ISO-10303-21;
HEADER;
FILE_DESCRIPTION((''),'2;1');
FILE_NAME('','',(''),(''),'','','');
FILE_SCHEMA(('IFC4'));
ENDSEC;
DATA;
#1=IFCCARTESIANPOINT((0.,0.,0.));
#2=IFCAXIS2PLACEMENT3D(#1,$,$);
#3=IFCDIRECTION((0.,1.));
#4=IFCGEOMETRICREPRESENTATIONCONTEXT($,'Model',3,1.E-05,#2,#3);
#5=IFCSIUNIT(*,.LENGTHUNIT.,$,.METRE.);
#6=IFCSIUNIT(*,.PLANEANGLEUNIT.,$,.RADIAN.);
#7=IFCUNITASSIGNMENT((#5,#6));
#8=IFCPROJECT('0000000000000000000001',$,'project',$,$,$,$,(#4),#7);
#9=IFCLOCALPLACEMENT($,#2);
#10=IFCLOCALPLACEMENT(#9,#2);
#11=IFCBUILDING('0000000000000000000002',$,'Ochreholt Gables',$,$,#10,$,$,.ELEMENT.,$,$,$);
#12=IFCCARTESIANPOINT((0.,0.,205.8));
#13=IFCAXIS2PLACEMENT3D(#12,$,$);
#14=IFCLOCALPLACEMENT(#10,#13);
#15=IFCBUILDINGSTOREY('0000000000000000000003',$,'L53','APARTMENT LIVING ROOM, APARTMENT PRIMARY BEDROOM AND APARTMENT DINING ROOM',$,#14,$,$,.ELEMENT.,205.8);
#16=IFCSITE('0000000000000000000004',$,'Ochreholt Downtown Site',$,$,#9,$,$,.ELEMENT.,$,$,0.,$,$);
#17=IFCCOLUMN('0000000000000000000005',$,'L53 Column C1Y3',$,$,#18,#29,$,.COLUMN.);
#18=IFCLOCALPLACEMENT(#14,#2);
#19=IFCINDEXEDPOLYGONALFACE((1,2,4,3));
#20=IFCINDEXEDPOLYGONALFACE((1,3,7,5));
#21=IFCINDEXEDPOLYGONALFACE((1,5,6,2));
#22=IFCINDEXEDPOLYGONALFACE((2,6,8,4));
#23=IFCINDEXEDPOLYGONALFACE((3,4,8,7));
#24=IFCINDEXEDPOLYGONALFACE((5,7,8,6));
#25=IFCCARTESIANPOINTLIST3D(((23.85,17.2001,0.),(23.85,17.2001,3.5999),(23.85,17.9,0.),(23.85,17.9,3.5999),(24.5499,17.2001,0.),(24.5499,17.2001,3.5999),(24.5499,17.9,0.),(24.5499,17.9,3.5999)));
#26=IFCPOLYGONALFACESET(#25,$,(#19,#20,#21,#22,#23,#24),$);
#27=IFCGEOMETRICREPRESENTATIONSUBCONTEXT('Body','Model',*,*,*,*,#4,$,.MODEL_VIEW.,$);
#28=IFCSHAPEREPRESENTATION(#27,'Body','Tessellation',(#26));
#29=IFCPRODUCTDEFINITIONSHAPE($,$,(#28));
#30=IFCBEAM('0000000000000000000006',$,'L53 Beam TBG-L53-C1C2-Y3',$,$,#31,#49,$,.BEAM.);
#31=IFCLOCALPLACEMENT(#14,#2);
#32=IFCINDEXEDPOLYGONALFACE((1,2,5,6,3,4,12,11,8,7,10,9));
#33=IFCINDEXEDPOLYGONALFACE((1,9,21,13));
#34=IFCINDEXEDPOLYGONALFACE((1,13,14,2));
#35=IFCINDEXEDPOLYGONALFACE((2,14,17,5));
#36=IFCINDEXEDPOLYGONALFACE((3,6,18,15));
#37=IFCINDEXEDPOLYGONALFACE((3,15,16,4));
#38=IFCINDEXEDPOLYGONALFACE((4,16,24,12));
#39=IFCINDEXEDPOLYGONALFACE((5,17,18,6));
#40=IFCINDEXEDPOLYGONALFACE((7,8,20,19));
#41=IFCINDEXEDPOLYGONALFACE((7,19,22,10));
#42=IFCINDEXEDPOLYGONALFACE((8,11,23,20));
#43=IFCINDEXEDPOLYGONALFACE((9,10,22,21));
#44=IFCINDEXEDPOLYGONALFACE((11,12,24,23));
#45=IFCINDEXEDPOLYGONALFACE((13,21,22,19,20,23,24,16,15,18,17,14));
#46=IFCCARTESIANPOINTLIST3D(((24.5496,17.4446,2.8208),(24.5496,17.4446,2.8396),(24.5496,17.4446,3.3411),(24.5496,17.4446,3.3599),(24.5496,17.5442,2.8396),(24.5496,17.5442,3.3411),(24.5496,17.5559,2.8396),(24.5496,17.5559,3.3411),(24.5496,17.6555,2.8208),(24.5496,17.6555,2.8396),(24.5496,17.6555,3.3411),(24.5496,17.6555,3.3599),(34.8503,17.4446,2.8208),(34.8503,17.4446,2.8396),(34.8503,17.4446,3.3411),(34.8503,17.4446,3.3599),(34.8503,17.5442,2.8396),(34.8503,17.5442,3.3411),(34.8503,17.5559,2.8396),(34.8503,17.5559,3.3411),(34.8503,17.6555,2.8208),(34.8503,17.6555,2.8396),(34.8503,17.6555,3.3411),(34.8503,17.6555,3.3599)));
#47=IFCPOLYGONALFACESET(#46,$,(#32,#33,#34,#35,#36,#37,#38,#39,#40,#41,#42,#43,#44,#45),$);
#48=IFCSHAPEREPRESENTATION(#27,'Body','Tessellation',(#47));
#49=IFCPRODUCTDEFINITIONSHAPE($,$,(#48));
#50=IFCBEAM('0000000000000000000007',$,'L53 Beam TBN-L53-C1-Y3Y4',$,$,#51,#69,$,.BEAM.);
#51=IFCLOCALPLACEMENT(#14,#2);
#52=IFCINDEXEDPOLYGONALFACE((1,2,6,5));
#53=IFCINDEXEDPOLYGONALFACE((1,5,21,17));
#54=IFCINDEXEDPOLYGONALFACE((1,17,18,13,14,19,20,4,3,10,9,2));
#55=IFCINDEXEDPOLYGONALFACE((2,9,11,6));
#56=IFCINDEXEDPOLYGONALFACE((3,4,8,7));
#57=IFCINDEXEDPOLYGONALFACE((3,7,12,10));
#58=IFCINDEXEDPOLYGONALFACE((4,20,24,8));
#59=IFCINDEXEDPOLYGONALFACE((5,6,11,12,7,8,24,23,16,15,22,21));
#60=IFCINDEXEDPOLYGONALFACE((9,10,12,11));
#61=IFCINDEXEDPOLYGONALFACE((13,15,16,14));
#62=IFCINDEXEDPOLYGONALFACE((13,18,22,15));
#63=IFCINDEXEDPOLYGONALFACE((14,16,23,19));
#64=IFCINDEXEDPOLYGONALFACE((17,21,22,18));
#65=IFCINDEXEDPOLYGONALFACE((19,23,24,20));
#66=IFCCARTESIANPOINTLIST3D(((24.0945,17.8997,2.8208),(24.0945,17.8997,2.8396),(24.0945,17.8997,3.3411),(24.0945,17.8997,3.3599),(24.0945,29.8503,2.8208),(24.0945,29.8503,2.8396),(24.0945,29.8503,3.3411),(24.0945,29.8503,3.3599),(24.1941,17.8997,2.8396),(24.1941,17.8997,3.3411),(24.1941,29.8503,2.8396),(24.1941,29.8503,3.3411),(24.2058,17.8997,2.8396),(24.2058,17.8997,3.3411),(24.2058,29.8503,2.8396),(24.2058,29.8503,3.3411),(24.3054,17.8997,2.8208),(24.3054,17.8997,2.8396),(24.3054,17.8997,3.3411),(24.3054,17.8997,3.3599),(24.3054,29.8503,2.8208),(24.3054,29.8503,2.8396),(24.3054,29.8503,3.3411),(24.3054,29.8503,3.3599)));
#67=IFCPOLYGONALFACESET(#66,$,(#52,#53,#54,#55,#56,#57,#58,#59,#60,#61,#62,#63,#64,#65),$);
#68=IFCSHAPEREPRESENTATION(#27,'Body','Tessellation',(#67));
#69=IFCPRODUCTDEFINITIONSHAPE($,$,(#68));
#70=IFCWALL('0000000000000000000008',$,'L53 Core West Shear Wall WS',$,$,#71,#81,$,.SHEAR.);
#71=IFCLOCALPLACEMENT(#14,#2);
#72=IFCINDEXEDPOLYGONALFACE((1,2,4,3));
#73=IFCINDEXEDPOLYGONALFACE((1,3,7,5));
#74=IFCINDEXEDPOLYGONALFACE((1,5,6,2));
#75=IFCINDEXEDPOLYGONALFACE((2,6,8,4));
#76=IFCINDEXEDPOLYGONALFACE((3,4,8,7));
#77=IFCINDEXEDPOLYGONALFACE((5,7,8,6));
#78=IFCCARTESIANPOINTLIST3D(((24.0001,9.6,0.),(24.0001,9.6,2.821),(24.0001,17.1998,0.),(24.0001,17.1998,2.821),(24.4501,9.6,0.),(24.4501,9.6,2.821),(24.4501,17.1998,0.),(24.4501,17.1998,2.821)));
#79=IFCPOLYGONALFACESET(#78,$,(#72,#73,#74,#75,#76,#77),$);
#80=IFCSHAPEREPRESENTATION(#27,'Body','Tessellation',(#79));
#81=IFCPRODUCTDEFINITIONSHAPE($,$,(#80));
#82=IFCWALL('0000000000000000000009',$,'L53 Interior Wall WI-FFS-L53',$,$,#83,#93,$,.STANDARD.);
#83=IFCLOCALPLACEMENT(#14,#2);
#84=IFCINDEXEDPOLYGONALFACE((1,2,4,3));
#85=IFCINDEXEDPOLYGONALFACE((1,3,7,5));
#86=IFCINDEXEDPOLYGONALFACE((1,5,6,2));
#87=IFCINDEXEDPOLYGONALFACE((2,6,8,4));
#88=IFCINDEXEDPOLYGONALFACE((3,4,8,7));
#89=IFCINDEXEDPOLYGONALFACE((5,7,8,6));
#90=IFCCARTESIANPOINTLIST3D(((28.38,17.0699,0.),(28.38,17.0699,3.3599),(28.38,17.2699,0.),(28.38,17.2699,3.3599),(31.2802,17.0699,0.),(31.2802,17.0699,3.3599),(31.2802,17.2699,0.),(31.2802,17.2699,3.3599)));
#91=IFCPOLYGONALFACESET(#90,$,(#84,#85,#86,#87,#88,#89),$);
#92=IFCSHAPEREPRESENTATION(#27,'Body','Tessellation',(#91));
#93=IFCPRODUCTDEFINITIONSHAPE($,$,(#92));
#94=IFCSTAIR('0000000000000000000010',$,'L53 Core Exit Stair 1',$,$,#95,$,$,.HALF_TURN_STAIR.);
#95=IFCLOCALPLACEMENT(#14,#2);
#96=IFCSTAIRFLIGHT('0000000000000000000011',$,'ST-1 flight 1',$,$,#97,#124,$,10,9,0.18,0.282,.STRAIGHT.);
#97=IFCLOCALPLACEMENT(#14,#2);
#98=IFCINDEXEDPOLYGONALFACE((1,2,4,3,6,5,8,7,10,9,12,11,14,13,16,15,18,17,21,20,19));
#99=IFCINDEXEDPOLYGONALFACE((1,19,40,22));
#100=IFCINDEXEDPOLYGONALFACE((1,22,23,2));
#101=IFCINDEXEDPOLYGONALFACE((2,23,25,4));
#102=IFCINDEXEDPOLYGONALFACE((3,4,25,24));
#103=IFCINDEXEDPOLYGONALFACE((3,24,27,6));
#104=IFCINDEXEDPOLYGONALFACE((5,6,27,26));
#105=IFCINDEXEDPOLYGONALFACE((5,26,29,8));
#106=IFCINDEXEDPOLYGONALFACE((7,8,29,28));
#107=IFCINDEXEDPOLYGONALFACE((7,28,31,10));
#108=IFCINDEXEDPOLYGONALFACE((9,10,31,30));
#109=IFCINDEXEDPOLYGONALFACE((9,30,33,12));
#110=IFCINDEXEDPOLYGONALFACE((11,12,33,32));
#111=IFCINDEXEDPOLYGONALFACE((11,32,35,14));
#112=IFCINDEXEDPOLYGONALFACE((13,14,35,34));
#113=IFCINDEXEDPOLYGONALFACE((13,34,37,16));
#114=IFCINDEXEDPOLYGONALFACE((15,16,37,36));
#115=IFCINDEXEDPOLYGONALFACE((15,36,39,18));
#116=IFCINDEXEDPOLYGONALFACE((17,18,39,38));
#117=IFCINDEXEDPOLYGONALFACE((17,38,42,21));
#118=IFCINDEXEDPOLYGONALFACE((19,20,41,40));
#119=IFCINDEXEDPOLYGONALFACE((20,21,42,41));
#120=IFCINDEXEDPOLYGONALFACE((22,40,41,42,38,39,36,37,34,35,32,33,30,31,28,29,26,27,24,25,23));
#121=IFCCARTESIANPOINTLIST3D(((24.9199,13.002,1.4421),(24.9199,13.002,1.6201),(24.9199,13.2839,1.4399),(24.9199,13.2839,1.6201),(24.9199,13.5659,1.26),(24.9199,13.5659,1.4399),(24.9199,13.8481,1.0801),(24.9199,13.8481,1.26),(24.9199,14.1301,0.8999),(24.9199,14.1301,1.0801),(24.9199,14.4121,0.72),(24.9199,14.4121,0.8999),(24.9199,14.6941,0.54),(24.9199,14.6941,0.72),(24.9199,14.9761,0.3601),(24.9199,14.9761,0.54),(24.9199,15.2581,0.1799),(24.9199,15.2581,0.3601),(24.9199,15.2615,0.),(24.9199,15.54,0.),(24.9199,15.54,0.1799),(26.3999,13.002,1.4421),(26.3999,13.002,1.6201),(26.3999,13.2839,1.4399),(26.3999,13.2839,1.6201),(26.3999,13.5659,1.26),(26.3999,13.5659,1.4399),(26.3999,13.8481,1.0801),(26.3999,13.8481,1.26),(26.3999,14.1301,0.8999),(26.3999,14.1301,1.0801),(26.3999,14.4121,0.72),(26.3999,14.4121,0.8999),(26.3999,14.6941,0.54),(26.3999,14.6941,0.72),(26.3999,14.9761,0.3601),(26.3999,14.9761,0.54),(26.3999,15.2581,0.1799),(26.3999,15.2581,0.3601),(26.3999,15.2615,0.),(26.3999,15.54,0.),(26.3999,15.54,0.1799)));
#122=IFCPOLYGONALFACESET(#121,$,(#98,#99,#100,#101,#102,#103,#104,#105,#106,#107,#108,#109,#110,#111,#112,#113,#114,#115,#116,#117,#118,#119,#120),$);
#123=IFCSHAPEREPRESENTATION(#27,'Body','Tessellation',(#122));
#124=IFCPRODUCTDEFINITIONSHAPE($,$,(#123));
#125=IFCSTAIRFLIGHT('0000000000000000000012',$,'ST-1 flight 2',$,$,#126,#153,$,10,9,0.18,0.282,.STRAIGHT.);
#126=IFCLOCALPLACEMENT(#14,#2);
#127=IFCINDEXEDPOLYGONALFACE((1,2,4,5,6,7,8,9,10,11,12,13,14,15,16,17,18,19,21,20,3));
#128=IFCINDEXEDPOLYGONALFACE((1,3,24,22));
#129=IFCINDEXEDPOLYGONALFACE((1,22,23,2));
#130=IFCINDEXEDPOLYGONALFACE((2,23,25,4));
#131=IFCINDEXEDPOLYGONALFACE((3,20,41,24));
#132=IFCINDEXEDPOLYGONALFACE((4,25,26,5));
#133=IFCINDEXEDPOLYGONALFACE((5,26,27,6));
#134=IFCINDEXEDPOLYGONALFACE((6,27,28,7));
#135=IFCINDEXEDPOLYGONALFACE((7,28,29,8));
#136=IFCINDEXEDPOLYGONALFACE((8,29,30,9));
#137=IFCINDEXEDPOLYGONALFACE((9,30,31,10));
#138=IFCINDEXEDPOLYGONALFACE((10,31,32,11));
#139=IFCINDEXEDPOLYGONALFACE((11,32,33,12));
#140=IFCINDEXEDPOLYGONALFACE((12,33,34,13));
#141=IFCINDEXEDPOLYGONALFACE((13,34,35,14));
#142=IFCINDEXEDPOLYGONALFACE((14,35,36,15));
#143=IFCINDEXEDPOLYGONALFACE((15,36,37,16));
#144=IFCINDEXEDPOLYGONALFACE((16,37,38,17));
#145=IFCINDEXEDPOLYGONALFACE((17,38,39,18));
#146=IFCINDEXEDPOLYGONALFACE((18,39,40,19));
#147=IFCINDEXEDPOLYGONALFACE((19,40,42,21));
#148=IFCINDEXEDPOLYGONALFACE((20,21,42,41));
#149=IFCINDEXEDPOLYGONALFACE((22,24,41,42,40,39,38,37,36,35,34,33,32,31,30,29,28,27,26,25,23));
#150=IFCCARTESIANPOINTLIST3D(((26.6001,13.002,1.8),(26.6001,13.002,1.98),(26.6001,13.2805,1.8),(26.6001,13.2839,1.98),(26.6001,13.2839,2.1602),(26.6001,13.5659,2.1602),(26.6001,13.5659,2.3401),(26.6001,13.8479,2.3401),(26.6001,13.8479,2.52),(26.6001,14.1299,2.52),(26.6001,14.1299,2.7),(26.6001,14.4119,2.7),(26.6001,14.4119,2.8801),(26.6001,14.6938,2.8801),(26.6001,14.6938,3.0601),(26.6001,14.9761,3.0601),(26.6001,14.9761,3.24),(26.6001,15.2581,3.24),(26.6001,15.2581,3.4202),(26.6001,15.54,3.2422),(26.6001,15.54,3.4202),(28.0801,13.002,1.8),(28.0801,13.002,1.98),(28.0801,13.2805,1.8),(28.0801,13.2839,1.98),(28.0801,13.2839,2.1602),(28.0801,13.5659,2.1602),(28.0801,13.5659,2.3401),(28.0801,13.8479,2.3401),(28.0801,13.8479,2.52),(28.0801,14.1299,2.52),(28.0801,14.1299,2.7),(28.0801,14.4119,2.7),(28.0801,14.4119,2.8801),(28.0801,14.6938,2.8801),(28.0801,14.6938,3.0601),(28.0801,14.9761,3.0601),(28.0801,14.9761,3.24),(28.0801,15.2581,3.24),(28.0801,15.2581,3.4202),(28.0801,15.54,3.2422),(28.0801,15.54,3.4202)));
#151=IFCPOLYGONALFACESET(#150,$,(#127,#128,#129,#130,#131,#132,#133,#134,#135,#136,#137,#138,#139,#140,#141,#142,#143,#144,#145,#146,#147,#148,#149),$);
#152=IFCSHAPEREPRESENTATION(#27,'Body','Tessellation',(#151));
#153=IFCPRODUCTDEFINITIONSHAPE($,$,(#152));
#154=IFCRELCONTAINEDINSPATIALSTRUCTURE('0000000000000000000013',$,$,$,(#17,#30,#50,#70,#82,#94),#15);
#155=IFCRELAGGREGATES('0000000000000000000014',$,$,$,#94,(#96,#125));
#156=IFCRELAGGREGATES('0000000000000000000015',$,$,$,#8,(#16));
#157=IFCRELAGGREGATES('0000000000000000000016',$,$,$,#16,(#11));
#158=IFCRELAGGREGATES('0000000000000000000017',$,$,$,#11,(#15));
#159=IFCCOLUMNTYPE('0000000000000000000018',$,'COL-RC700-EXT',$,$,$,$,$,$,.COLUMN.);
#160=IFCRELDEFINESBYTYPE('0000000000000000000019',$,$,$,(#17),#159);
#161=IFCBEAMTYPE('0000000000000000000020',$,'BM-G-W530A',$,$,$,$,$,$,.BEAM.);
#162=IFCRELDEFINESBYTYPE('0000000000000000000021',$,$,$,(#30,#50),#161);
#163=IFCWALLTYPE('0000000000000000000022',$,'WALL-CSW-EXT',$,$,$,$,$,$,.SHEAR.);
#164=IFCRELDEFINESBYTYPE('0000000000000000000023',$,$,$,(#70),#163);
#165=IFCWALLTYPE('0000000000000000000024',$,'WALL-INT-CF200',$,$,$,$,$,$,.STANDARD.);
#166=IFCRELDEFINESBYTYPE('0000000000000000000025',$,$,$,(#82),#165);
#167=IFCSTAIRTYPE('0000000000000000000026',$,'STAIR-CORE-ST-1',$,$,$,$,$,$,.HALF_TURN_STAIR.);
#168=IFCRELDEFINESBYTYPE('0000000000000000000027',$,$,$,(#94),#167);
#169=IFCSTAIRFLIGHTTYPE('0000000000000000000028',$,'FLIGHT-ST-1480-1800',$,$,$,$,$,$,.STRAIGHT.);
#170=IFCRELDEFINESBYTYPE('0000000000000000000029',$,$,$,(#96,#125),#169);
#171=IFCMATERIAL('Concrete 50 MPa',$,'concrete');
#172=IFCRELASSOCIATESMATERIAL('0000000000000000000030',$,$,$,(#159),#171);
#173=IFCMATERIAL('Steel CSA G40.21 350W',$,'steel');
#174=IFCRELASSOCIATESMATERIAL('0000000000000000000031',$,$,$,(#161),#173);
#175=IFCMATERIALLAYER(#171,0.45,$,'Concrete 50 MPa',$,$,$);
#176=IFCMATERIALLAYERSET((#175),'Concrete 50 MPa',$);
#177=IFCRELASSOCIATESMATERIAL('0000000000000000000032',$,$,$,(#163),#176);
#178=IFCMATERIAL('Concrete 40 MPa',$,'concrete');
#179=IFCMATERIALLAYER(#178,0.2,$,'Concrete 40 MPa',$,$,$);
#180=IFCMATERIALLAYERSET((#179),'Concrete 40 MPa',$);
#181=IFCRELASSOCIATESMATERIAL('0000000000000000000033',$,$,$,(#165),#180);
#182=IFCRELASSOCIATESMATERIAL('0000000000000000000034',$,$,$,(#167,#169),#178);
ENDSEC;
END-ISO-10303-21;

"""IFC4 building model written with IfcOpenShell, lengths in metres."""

from ifc_helpers import new_model, si_unit, direction, frame, frame_2d, origin, origin_2d, place, context, subcontext, project, spatial, polyline, rectangle, i_section, outline, extrude, material, layer, layer_set, material_profile, profile_set, type_object, element, aggregate, save


model = new_model("IFC4")

# Units and contexts
model_context = context("Model", 3, precision=1e-05, world=origin(), true_north=direction((0.0, 1.0)))
body_context = subcontext(model_context, "Body", "Model", "MODEL_VIEW")
ifc_project = project(units=[si_unit("LENGTHUNIT", "METRE"), si_unit("PLANEANGLEUNIT", "RADIAN")], contexts=[model_context])

# Site, building, storey
site_placement = place(None, origin())
site = spatial("IfcSite", under=ifc_project, at=site_placement, Name="Ochreholt Downtown Site", CompositionType="ELEMENT", RefElevation=0.0)
building_placement = place(site_placement, origin())
building = spatial("IfcBuilding", under=site, at=building_placement, Name="Ochreholt Gables", CompositionType="ELEMENT")
storey_placement = place(building_placement, frame((0.0, 0.0, 205.8)))
storey = spatial("IfcBuildingStorey", under=building, at=storey_placement, Name="L53", Description="APARTMENT LIVING ROOM, APARTMENT PRIMARY BEDROOM AND APARTMENT DINING ROOM", CompositionType="ELEMENT", Elevation=205.8)

# Column
ifc_material_1 = material(Name="Concrete 50 MPa", Category="concrete")
ifc_material_profile_1 = material_profile(ifc_material_1, rectangle(XDim=0.7, YDim=0.7, at=origin_2d()), Name="RC700X700")
ifc_profile_set_1 = profile_set([ifc_material_profile_1], Name="Concrete 50 MPa")
column_type = type_object("IfcColumnType", Name="COL-RC700-EXT", PredefinedType="COLUMN", material=ifc_profile_set_1)
column_placement = place(storey_placement, frame((24.2, 17.55, 0.0), z_axis=(0.0, 0.0, 1.0), x_axis=(1.0, 0.0, 0.0)))
element("IfcColumn", 1, at=column_placement, inside=storey, type_object=column_type, Name="L53 Column C1Y3", PredefinedType="COLUMN", context=body_context, shape_type="SweptSolid", body=[
    extrude(rectangle(XDim=0.7, YDim=0.7, at=origin_2d()), origin(), (0.0, 0.0, 1.0), 3.5999),
])

# Beams
ifc_material_2 = material(Name="Steel CSA G40.21 350W", Category="steel")
ifc_material_profile_2 = material_profile(ifc_material_2, i_section(OverallWidth=0.2109, OverallDepth=0.5391, WebThickness=0.0117, FlangeThickness=0.0188, at=origin_2d()), Name="W530X109")
ifc_profile_set_2 = profile_set([ifc_material_profile_2], Name="Steel CSA G40.21 350W")
beam_type = type_object("IfcBeamType", Name="BM-G-W530A", PredefinedType="BEAM", material=ifc_profile_set_2)
beam_1_placement = place(storey_placement, frame((24.5496, 17.55, 3.0903), z_axis=(1.0, 0.0, 0.0), x_axis=(0.0, 1.0, 0.0)))
element("IfcBeam", 2, at=beam_1_placement, inside=storey, type_object=beam_type, Name="L53 Beam TBG-L53-C1C2-Y3", PredefinedType="BEAM", context=body_context, shape_type="SweptSolid", body=[
    extrude(i_section(OverallWidth=0.2109, OverallDepth=0.5391, WebThickness=0.0117, FlangeThickness=0.0188, at=origin_2d()), origin(), (0.0, 0.0, 1.0), 10.3008),
])
beam_2_placement = place(storey_placement, frame((24.2, 17.8997, 3.0903), z_axis=(0.0, 1.0, 0.0), x_axis=(-1.0, 0.0, 0.0)))
element("IfcBeam", 3, at=beam_2_placement, inside=storey, type_object=beam_type, Name="L53 Beam TBN-L53-C1-Y3Y4", PredefinedType="BEAM", context=body_context, shape_type="SweptSolid", body=[
    extrude(i_section(OverallWidth=0.2109, OverallDepth=0.5391, WebThickness=0.0117, FlangeThickness=0.0188, at=origin_2d()), origin(), (0.0, 0.0, 1.0), 11.9507),
])

# Walls
ifc_layer_1 = layer(ifc_material_1, 0.45, Name="Concrete 50 MPa")
ifc_layer_set_1 = layer_set([ifc_layer_1], Name="Concrete 50 MPa")
wall_type_1 = type_object("IfcWallType", Name="WALL-CSW-EXT", PredefinedType="SHEAR", material=ifc_layer_set_1)
wall_1_placement = place(storey_placement, frame((24.2251, 9.6001, 0.0), z_axis=(0.0, 0.0, 1.0), x_axis=(0.0, 1.0, 0.0)))
element("IfcWall", 4, at=wall_1_placement, inside=storey, type_object=wall_type_1, Name="L53 Core West Shear Wall WS", PredefinedType="SHEAR", context=body_context, shape_type="SweptSolid", body=[
    extrude(rectangle(XDim=7.5999, YDim=0.45, at=frame_2d((3.7998, 0.0))), origin(), (0.0, 0.0, 1.0), 2.821),
])
ifc_material_3 = material(Name="Concrete 40 MPa", Category="concrete")
ifc_layer_2 = layer(ifc_material_3, 0.2, Name="Concrete 40 MPa")
ifc_layer_set_2 = layer_set([ifc_layer_2], Name="Concrete 40 MPa")
wall_type_2 = type_object("IfcWallType", Name="WALL-INT-CF200", PredefinedType="STANDARD", material=ifc_layer_set_2)
wall_2_placement = place(storey_placement, frame((28.3799, 17.1699, 0.0), z_axis=(0.0, 0.0, 1.0), x_axis=(1.0, 0.0, 0.0)))
element("IfcWall", 5, at=wall_2_placement, inside=storey, type_object=wall_type_2, Name="L53 Interior Wall WI-FFS-L53", PredefinedType="STANDARD", context=body_context, shape_type="SweptSolid", body=[
    extrude(rectangle(XDim=2.9001, YDim=0.2, at=frame_2d((1.4502, 0.0))), origin(), (0.0, 0.0, 1.0), 3.3599),
])

# Stair, stair flights
stair_type = type_object("IfcStairType", Name="STAIR-CORE-ST-1", PredefinedType="HALF_TURN_STAIR", material=ifc_material_3)
stair_placement = place(storey_placement, origin())
stair = element("IfcStair", 6, at=stair_placement, inside=storey, type_object=stair_type, Name="L53 Core Exit Stair 1", PredefinedType="HALF_TURN_STAIR")
stair_flight_type = type_object("IfcStairFlightType", Name="FLIGHT-ST-1480-1800", PredefinedType="STRAIGHT", material=ifc_material_3)
stair_flight_1_placement = place(storey_placement, frame((25.6599, 15.54, 0.0), z_axis=(0.0, 0.0, 1.0), x_axis=(0.0, -1.0, 0.0)))
stair_flight_1 = element("IfcStairFlight", 7, at=stair_flight_1_placement, type_object=stair_flight_type, Name="ST-1 flight 1", NumberOfRisers=10, NumberOfTreads=9, PredefinedType="STRAIGHT", RiserHeight=0.18, TreadLength=0.282, context=body_context, shape_type="SweptSolid", body=[
    extrude(outline(polyline([(0.0, 0.0), (0.0, 0.1799), (0.282, 0.1799), (0.282, 0.3601), (0.564, 0.3601), (0.564, 0.54), (0.8459, 0.54), (0.8459, 0.72), (1.1279, 0.72), (1.1279, 0.8999), (1.4099, 0.8999), (1.4099, 1.0801), (1.6919, 1.0801), (1.6919, 1.26), (1.9741, 1.26), (1.9741, 1.4399), (2.2561, 1.4399), (2.2561, 1.6201), (2.5381, 1.6201), (2.5381, 1.8), (2.5381, 1.4421), (0.2786, 0.0), (0.0, 0.0)])), frame((0.0, 0.74, 0.0), z_axis=(0.0, -1.0, 0.0), x_axis=(1.0, 0.0, 0.0)), (0.0, 0.0, 1.0), 1.48),
])
stair_flight_2_placement = place(storey_placement, frame((27.3401, 13.002, 1.8), z_axis=(0.0, 0.0, 1.0), x_axis=(0.0, 1.0, 0.0)))
stair_flight_2 = element("IfcStairFlight", 8, at=stair_flight_2_placement, type_object=stair_flight_type, Name="ST-1 flight 2", NumberOfRisers=10, NumberOfTreads=9, PredefinedType="STRAIGHT", RiserHeight=0.18, TreadLength=0.282, context=body_context, shape_type="SweptSolid", body=[
    extrude(outline(polyline([(0.0, 0.0), (0.0, 0.1799), (0.282, 0.1799), (0.282, 0.3601), (0.564, 0.3601), (0.564, 0.54), (0.8459, 0.54), (0.8459, 0.72), (1.1279, 0.72), (1.1279, 0.8999), (1.4099, 0.8999), (1.4099, 1.0801), (1.6919, 1.0801), (1.6919, 1.26), (1.9741, 1.26), (1.9741, 1.4399), (2.2561, 1.4399), (2.2561, 1.6201), (2.5381, 1.6201), (2.5381, 1.8), (2.5381, 1.4421), (0.2786, 0.0), (0.0, 0.0)])), frame((0.0, 0.74, 0.0), z_axis=(0.0, -1.0, 0.0), x_axis=(1.0, 0.0, 0.0)), (0.0, 0.0, 1.0), 1.48),
])
aggregate(stair, [stair_flight_1, stair_flight_2])

save(model, "model.ifc")
